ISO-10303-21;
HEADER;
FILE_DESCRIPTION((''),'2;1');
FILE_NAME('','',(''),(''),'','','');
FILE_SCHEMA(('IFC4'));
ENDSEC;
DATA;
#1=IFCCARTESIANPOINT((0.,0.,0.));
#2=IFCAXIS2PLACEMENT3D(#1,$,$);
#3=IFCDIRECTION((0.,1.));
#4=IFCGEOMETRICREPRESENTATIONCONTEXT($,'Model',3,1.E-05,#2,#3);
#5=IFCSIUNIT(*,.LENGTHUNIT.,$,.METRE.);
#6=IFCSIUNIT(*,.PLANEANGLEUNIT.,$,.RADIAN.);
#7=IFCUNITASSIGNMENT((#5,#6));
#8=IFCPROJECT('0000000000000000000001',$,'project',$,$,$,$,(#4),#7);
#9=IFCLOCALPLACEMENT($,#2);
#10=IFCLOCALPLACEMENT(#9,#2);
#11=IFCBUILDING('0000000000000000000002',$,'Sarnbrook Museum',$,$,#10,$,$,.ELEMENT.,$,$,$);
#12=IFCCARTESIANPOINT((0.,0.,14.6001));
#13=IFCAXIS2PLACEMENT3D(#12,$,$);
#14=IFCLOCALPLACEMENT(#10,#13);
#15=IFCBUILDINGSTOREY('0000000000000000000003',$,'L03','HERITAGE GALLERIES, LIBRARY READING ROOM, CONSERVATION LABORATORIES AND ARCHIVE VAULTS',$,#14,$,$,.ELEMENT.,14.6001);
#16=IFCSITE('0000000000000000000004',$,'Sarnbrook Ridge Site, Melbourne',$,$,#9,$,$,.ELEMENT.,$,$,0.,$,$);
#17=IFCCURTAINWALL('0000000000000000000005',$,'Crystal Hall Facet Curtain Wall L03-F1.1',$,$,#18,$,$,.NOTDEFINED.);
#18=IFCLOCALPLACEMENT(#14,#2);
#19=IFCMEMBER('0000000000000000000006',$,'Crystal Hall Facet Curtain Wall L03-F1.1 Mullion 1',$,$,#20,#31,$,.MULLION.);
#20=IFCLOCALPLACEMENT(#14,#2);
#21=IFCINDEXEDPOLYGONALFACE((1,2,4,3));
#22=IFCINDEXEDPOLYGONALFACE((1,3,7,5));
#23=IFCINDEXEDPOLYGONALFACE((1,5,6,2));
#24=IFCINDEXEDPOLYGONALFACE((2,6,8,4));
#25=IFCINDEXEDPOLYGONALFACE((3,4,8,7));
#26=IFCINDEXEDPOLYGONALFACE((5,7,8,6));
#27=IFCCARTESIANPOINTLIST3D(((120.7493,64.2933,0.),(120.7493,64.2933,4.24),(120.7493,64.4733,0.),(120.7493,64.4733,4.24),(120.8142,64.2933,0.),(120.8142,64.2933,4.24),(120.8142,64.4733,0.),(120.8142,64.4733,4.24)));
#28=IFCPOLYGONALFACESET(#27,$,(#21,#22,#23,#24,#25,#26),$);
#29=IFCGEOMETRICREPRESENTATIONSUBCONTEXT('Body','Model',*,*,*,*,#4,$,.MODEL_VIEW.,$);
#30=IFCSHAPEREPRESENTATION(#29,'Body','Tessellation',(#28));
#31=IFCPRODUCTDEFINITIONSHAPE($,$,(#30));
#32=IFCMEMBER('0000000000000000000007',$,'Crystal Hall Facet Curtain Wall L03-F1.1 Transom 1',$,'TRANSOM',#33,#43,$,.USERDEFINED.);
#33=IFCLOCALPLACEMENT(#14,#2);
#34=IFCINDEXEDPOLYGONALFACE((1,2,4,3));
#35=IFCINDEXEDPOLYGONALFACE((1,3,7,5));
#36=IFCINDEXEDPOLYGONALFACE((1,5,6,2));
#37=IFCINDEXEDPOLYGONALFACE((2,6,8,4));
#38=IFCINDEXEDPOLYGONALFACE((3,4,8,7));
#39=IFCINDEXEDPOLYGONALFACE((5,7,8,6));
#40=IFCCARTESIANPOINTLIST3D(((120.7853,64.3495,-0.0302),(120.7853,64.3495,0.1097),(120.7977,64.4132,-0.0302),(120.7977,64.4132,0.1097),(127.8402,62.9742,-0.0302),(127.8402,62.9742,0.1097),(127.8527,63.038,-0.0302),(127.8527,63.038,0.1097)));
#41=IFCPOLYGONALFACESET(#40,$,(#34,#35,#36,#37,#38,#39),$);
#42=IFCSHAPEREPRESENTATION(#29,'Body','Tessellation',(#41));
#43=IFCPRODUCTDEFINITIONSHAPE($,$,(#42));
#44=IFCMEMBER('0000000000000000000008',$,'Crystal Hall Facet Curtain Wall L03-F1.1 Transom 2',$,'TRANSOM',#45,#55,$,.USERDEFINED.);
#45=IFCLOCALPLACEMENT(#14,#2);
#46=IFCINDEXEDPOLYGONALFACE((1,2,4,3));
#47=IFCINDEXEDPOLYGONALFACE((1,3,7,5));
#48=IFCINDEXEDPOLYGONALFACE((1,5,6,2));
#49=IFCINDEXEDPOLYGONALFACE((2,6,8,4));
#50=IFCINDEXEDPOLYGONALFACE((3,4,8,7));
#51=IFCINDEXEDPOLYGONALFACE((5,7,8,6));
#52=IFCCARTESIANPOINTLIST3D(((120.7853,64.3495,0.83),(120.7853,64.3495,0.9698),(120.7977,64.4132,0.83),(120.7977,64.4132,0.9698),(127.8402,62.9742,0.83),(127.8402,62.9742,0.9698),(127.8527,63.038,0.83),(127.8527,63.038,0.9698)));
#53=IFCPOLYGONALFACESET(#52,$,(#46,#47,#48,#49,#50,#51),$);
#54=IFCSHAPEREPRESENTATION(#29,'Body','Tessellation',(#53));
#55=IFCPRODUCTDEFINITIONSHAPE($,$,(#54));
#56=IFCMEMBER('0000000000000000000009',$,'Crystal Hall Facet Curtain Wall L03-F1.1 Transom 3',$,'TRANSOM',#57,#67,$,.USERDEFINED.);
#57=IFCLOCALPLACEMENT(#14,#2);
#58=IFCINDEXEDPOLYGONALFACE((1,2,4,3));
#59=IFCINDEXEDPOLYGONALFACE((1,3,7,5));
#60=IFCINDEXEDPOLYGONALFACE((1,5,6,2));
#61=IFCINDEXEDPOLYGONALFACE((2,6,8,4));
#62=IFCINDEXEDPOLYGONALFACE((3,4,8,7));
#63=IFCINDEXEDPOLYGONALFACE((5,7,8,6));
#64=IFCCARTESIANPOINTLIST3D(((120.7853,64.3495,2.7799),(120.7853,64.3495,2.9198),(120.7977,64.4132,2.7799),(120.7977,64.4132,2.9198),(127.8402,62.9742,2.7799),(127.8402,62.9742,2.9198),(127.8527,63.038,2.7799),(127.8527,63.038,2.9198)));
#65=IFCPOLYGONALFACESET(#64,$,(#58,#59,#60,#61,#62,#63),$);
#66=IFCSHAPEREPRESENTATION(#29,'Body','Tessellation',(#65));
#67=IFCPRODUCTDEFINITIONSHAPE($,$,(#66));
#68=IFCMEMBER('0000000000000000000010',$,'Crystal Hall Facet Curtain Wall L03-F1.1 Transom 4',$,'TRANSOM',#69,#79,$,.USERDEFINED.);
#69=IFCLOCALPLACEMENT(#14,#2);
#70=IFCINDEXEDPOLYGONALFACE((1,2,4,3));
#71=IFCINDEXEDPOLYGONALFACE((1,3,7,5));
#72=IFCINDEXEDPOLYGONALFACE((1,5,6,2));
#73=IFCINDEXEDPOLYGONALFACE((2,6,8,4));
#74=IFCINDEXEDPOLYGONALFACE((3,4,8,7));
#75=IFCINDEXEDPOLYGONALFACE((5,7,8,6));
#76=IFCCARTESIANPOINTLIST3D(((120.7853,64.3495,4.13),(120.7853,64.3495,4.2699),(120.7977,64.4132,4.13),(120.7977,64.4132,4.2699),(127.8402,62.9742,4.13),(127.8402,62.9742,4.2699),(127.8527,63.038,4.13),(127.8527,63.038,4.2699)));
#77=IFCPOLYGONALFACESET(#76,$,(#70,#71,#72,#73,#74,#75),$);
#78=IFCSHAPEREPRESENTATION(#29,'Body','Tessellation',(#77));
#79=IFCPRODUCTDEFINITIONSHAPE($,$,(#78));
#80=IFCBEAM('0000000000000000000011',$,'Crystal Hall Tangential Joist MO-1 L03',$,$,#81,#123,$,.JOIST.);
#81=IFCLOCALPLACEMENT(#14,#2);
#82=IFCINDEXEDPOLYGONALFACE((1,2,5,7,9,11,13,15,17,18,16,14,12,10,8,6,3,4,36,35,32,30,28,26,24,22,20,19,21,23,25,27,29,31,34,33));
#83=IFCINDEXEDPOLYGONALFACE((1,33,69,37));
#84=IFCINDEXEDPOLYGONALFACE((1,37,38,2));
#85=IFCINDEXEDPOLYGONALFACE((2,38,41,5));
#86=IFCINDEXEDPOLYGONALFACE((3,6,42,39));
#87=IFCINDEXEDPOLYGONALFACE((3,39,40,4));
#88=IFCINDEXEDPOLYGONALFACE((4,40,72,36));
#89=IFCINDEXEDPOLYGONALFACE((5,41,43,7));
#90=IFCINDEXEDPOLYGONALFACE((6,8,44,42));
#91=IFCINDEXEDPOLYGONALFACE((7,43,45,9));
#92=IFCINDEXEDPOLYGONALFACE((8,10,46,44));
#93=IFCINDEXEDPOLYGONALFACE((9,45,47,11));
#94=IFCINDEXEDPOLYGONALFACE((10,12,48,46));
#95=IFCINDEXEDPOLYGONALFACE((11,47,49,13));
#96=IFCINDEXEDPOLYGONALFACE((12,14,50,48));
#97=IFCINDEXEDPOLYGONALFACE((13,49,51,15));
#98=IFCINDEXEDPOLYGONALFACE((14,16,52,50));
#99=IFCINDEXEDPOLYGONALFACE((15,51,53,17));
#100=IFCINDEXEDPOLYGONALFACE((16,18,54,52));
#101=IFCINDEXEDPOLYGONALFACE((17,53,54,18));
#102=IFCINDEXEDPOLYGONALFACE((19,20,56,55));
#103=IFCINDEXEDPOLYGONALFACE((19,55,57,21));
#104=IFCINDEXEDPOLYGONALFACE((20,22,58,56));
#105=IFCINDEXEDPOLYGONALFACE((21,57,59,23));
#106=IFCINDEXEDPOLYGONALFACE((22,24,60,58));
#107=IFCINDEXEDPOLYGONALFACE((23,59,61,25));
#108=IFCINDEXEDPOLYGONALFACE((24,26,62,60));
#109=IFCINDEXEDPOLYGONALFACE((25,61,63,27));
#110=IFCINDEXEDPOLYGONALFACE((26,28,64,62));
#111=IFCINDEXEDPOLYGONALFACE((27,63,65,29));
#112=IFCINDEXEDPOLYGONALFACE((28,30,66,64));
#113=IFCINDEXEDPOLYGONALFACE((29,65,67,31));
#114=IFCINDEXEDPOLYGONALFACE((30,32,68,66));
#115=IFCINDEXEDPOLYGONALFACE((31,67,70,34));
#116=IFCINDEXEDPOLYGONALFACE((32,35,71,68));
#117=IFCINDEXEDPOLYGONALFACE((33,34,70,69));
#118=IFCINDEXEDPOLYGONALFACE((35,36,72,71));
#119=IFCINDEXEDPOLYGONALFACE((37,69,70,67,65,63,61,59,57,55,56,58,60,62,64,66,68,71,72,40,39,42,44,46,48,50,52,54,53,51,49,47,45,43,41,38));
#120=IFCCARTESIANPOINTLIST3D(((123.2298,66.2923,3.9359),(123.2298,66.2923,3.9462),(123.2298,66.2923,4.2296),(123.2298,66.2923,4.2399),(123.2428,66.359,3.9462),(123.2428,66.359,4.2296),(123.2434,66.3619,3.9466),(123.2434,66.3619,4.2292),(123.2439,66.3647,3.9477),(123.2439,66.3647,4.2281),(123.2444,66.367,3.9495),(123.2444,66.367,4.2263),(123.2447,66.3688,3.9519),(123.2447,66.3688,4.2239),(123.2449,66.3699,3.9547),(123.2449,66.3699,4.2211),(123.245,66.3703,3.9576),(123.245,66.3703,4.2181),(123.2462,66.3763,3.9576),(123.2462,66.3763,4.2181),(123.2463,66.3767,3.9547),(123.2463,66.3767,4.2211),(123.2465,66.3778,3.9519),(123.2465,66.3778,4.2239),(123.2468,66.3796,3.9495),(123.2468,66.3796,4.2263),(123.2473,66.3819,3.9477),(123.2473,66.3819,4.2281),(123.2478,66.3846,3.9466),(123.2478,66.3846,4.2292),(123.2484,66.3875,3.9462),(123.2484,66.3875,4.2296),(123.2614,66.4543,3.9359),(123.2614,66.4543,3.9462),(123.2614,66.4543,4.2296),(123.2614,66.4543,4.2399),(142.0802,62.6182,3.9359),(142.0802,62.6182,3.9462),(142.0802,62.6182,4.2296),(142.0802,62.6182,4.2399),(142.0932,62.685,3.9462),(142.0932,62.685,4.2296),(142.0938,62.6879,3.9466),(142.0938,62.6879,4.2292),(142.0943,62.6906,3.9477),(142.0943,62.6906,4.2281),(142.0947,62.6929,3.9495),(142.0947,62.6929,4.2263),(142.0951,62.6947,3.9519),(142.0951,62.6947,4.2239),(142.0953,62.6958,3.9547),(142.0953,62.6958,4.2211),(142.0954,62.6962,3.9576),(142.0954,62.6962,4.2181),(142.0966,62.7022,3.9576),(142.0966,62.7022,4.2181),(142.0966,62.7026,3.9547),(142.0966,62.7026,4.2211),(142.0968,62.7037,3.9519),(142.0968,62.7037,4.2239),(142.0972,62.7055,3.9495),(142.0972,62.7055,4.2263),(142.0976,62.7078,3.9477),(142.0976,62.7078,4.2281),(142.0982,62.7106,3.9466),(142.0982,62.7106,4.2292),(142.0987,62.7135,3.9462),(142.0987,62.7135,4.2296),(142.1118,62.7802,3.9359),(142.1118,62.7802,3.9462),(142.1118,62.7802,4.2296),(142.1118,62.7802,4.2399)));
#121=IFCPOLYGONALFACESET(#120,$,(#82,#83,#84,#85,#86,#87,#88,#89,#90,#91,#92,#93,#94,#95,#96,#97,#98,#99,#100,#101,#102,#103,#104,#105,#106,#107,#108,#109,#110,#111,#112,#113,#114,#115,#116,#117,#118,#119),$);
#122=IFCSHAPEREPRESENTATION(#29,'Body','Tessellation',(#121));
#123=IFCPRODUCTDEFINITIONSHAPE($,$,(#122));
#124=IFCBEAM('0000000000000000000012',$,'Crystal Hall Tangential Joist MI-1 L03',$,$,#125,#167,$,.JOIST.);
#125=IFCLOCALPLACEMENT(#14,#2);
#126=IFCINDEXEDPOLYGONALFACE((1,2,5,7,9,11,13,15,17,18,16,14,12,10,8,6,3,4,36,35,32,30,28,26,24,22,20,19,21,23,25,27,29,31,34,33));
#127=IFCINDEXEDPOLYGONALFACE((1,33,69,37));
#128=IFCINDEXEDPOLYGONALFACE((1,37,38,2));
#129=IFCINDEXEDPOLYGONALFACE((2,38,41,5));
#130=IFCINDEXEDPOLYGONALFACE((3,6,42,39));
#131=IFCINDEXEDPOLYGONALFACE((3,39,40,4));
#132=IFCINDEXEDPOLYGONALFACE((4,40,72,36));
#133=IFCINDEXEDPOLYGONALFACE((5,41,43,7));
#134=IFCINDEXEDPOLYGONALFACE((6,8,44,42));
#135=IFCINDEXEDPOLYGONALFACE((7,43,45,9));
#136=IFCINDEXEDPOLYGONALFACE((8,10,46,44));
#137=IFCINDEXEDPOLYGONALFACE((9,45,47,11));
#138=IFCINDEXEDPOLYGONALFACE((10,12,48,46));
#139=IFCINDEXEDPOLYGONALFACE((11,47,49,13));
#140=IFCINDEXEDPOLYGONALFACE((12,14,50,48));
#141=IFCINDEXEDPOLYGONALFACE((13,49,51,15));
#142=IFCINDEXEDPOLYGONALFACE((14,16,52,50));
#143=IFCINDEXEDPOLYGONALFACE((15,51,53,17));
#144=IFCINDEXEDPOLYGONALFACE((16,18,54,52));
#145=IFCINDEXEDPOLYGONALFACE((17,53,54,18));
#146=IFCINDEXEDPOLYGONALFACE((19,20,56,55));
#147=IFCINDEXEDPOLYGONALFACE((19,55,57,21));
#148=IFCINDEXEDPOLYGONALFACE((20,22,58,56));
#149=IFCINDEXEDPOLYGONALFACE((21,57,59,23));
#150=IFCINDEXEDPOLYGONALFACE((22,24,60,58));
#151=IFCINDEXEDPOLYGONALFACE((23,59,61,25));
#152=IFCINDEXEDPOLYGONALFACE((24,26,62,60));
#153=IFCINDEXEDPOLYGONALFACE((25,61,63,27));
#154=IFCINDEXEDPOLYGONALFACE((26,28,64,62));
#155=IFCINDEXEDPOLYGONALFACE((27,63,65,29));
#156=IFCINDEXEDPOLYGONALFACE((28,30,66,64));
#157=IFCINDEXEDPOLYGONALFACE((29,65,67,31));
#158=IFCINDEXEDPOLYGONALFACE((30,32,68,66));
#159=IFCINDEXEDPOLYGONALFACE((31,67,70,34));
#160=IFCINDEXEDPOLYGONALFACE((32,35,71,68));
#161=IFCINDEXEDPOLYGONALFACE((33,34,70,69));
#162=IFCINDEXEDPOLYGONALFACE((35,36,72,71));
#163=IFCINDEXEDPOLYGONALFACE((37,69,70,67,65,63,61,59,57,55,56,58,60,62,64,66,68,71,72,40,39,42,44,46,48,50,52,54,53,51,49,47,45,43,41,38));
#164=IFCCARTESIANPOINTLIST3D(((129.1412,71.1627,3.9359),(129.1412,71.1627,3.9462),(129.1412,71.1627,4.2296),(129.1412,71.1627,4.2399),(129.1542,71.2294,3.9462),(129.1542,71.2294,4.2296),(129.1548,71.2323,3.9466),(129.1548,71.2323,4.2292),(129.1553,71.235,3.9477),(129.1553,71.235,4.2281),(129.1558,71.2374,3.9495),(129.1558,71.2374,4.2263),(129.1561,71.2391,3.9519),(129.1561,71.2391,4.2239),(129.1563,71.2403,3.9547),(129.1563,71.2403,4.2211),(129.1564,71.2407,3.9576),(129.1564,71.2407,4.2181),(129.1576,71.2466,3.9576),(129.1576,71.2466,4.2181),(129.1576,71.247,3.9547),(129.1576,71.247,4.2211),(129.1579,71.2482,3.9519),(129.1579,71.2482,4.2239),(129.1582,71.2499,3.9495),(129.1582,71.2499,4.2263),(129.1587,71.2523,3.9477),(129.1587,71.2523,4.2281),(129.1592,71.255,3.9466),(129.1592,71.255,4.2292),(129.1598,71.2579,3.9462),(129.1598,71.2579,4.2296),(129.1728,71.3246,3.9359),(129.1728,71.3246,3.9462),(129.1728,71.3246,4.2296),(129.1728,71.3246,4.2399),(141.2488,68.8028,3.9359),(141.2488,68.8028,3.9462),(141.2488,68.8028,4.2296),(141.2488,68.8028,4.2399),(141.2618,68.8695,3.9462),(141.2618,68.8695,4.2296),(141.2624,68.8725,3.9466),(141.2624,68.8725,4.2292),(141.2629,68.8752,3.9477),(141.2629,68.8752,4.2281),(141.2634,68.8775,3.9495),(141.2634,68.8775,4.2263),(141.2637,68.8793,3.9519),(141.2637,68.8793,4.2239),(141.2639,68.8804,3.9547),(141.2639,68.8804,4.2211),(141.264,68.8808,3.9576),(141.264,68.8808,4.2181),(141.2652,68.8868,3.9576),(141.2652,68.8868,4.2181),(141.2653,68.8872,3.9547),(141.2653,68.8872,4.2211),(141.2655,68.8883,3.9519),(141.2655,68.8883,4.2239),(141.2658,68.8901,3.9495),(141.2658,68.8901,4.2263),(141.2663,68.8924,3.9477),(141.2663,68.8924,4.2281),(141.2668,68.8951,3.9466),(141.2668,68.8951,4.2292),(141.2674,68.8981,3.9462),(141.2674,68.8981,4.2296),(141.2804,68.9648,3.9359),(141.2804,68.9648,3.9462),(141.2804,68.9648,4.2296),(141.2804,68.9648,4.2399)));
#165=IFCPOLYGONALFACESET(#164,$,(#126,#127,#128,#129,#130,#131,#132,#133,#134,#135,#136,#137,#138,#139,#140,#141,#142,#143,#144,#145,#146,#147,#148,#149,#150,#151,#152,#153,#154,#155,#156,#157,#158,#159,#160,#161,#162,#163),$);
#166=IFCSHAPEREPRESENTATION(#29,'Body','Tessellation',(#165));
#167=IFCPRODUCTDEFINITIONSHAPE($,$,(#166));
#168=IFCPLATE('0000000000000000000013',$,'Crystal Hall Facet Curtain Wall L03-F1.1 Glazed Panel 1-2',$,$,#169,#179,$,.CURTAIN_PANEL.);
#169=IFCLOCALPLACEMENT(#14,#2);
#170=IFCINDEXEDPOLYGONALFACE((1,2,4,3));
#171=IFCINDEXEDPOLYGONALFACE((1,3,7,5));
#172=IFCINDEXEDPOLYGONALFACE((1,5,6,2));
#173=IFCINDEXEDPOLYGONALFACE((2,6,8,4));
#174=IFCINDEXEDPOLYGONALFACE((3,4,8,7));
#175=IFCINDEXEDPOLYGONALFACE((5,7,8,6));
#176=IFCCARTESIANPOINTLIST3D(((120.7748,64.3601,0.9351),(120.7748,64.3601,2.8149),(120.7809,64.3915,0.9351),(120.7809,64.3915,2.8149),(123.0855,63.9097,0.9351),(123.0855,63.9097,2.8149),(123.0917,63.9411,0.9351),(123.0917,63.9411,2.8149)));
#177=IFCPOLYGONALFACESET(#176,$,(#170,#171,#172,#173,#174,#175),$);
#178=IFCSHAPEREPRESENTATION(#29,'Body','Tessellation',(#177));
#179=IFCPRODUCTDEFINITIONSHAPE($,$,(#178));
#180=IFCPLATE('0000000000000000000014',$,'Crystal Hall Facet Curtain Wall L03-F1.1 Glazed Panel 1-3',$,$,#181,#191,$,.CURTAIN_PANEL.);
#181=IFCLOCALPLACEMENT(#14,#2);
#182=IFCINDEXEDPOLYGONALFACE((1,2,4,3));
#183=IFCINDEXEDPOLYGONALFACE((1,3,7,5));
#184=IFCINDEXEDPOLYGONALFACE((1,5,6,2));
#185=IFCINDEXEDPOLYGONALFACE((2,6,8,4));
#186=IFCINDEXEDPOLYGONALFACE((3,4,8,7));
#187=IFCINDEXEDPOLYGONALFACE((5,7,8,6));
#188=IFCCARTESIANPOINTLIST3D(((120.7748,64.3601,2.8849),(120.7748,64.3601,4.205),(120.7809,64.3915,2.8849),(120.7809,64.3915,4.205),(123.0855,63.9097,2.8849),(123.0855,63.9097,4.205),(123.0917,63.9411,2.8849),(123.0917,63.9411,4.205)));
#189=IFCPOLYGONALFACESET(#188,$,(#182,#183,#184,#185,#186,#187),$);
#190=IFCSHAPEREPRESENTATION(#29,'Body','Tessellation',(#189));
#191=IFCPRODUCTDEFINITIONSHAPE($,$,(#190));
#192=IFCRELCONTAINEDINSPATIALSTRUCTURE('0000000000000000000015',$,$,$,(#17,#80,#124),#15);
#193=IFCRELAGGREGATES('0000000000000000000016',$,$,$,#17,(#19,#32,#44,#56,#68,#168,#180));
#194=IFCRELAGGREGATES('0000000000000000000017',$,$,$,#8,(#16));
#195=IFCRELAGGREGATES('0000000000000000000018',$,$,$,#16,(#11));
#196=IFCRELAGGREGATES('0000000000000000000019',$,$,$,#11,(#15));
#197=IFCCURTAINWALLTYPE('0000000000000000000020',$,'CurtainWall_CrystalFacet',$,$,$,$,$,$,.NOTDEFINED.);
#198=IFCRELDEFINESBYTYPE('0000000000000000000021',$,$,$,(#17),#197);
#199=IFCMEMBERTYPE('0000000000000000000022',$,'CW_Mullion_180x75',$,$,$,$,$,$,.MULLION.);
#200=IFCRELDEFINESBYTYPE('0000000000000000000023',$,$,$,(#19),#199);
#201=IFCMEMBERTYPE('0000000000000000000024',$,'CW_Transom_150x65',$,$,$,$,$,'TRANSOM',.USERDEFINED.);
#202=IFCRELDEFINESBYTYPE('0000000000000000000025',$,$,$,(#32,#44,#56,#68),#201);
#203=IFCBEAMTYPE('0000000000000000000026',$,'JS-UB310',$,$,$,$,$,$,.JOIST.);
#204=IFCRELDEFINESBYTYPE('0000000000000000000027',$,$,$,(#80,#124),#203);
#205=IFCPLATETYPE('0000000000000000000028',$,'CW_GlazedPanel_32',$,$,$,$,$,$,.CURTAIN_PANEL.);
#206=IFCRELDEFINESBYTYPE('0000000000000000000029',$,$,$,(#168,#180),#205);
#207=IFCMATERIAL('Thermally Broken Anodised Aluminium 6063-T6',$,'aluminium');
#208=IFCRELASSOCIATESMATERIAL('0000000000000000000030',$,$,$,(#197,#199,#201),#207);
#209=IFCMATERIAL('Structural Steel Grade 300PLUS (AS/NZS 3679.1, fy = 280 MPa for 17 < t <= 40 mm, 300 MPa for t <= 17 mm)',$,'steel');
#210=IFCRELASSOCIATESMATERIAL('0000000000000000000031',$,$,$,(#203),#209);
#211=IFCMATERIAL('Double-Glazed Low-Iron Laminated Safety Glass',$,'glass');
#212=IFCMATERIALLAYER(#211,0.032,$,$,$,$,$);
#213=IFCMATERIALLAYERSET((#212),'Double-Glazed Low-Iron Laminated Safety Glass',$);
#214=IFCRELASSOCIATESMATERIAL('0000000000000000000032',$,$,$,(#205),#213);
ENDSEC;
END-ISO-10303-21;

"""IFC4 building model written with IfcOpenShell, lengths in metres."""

from ifc_helpers import new_model, si_unit, direction, frame, origin, origin_2d, place, context, subcontext, project, spatial, rectangle, i_section, extrude, material, layer, layer_set, material_profile, profile_set, type_object, element, aggregate, save


model = new_model("IFC4")

# Units and contexts
model_context = context("Model", 3, precision=1e-05, world=origin(), true_north=direction((0.0, 1.0)))
body_context = subcontext(model_context, "Body", "Model", "MODEL_VIEW")
ifc_project = project(units=[si_unit("LENGTHUNIT", "METRE"), si_unit("PLANEANGLEUNIT", "RADIAN")], contexts=[model_context])

# Site, building, storey
site_placement = place(None, origin())
site = spatial("IfcSite", under=ifc_project, at=site_placement, Name="Sarnbrook Ridge Site, Melbourne", CompositionType="ELEMENT", RefElevation=0.0)
building_placement = place(site_placement, origin())
building = spatial("IfcBuilding", under=site, at=building_placement, Name="Sarnbrook Museum", CompositionType="ELEMENT")
storey_placement = place(building_placement, frame((0.0, 0.0, 14.6001)))
storey = spatial("IfcBuildingStorey", under=building, at=storey_placement, Name="L03", Description="HERITAGE GALLERIES, LIBRARY READING ROOM, CONSERVATION LABORATORIES AND ARCHIVE VAULTS", CompositionType="ELEMENT", Elevation=14.6001)

# Shared definitions
ifc_material_1 = material(Name="Structural Steel Grade 300PLUS (AS/NZS 3679.1, fy = 280 MPa for 17 < t <= 40 mm, 300 MPa for t <= 17 mm)", Category="steel")

# Curtain wall, members
ifc_material_2 = material(Name="Thermally Broken Anodised Aluminium 6063-T6", Category="aluminium")
curtain_wall_type = type_object("IfcCurtainWallType", Name="CurtainWall_CrystalFacet", PredefinedType="NOTDEFINED", material=ifc_material_2)
curtain_wall_placement = place(storey_placement, origin())
curtain_wall = element("IfcCurtainWall", 1, at=curtain_wall_placement, inside=storey, type_object=curtain_wall_type, Name="Crystal Hall Facet Curtain Wall L03-F1.1", PredefinedType="NOTDEFINED")
ifc_material_profile_1 = material_profile(ifc_material_2, rectangle(XDim=0.0649, YDim=0.1799, at=origin_2d()), Name="ALU MULLION 65x180")
ifc_profile_set_1 = profile_set([ifc_material_profile_1], Name="Thermally Broken Anodised Aluminium 6063-T6")
member_type_1 = type_object("IfcMemberType", Name="CW_Mullion_180x75", PredefinedType="MULLION", material=ifc_profile_set_1)
member_1_placement = place(storey_placement, frame((120.7817, 64.3833, 0.0), z_axis=(0.0, 0.0, 1.0), x_axis=(1.0, 0.0, 0.0)))
member_1 = element("IfcMember", 2, at=member_1_placement, type_object=member_type_1, Name="Crystal Hall Facet Curtain Wall L03-F1.1 Mullion 1", PredefinedType="MULLION", context=body_context, shape_type="SweptSolid", body=[
    extrude(rectangle(XDim=0.0649, YDim=0.1799, at=origin_2d()), origin(), (0.0, 0.0, 1.0), 4.24),
])
ifc_material_profile_2 = material_profile(ifc_material_2, rectangle(XDim=0.0649, YDim=0.1399, at=origin_2d()), Name="ALU TRANSOM 65x140")
ifc_profile_set_2 = profile_set([ifc_material_profile_2], Name="Thermally Broken Anodised Aluminium 6063-T6")
member_type_2 = type_object("IfcMemberType", Name="CW_Transom_150x65", ElementType="TRANSOM", PredefinedType="USERDEFINED", material=ifc_profile_set_2)
member_2_placement = place(storey_placement, frame((120.7915, 64.3813, 0.0398), z_axis=(0.981525, -0.191332, 0.0), x_axis=(0.191332, 0.981525, 0.0)))
member_2 = element("IfcMember", 3, at=member_2_placement, type_object=member_type_2, Name="Crystal Hall Facet Curtain Wall L03-F1.1 Transom 1", ObjectType="TRANSOM", PredefinedType="USERDEFINED", context=body_context, shape_type="SweptSolid", body=[
    extrude(rectangle(XDim=0.0649, YDim=0.1399, at=origin_2d()), origin(), (0.0, 0.0, 1.0), 7.1877),
])
member_3_placement = place(storey_placement, frame((120.7915, 64.3813, 0.8999), z_axis=(0.981525, -0.191332, 0.0), x_axis=(0.191332, 0.981525, 0.0)))
member_3 = element("IfcMember", 4, at=member_3_placement, type_object=member_type_2, Name="Crystal Hall Facet Curtain Wall L03-F1.1 Transom 2", ObjectType="TRANSOM", PredefinedType="USERDEFINED", context=body_context, shape_type="SweptSolid", body=[
    extrude(rectangle(XDim=0.0649, YDim=0.1399, at=origin_2d()), origin(), (0.0, 0.0, 1.0), 7.1877),
])
member_4_placement = place(storey_placement, frame((120.7915, 64.3813, 2.8499), z_axis=(0.981525, -0.191332, 0.0), x_axis=(0.191332, 0.981525, 0.0)))
member_4 = element("IfcMember", 5, at=member_4_placement, type_object=member_type_2, Name="Crystal Hall Facet Curtain Wall L03-F1.1 Transom 3", ObjectType="TRANSOM", PredefinedType="USERDEFINED", context=body_context, shape_type="SweptSolid", body=[
    extrude(rectangle(XDim=0.0649, YDim=0.1399, at=origin_2d()), origin(), (0.0, 0.0, 1.0), 7.1877),
])
member_5_placement = place(storey_placement, frame((120.7915, 64.3813, 4.2), z_axis=(0.981525, -0.191332, 0.0), x_axis=(0.191332, 0.981525, 0.0)))
member_5 = element("IfcMember", 6, at=member_5_placement, type_object=member_type_2, Name="Crystal Hall Facet Curtain Wall L03-F1.1 Transom 4", ObjectType="TRANSOM", PredefinedType="USERDEFINED", context=body_context, shape_type="SweptSolid", body=[
    extrude(rectangle(XDim=0.0649, YDim=0.1399, at=origin_2d()), origin(), (0.0, 0.0, 1.0), 7.1877),
])

# Beams
ifc_material_profile_3 = material_profile(ifc_material_1, i_section(OverallWidth=0.165, OverallDepth=0.304, WebThickness=0.0061, FlangeThickness=0.0103, FilletRadius=0.0115, at=origin_2d()), Name="310UB40.4")
ifc_profile_set_3 = profile_set([ifc_material_profile_3], Name="Structural Steel Grade 300PLUS (AS/NZS 3679.1, fy = 280 MPa for 17 < t <= 40 mm, 300 MPa for t <= 17 mm)")
beam_type_1 = type_object("IfcBeamType", Name="JS-UB310", PredefinedType="JOIST", material=ifc_profile_set_3)
beam_1_placement = place(storey_placement, frame((123.2456, 66.3733, 4.0879), z_axis=(0.98153, -0.191308, 0.0), x_axis=(0.191308, 0.98153, 0.0)))
element("IfcBeam", 7, at=beam_1_placement, inside=storey, type_object=beam_type_1, Name="Crystal Hall Tangential Joist MO-1 L03", PredefinedType="JOIST", context=body_context, shape_type="SweptSolid", body=[
    extrude(i_section(OverallWidth=0.165, OverallDepth=0.304, WebThickness=0.0061, FlangeThickness=0.0103, FilletRadius=0.0115, at=origin_2d()), origin(), (0.0, 0.0, 1.0), 19.2051),
])
beam_2_placement = place(storey_placement, frame((129.157, 71.2437, 4.0879), z_axis=(0.98153, -0.191307, 0.0), x_axis=(0.191307, 0.98153, 0.0)))
element("IfcBeam", 8, at=beam_2_placement, inside=storey, type_object=beam_type_1, Name="Crystal Hall Tangential Joist MI-1 L03", PredefinedType="JOIST", context=body_context, shape_type="SweptSolid", body=[
    extrude(i_section(OverallWidth=0.165, OverallDepth=0.304, WebThickness=0.0061, FlangeThickness=0.0103, FilletRadius=0.0115, at=origin_2d()), origin(), (0.0, 0.0, 1.0), 12.3354),
])

# Plates
ifc_material_3 = material(Name="Double-Glazed Low-Iron Laminated Safety Glass", Category="glass")
ifc_layer_1 = layer(ifc_material_3, 0.032)
ifc_layer_set_1 = layer_set([ifc_layer_1], Name="Double-Glazed Low-Iron Laminated Safety Glass")
plate_type_1 = type_object("IfcPlateType", Name="CW_GlazedPanel_32", PredefinedType="CURTAIN_PANEL", material=ifc_layer_set_1)
plate_1_placement = place(storey_placement, frame((121.9363, 64.1663, 1.875), z_axis=(-0.191314, -0.981529, 0.0), x_axis=(0.981529, -0.191314, 0.0)))
plate_1 = element("IfcPlate", 9, at=plate_1_placement, type_object=plate_type_1, Name="Crystal Hall Facet Curtain Wall L03-F1.1 Glazed Panel 1-2", PredefinedType="CURTAIN_PANEL", context=body_context, shape_type="SweptSolid", body=[
    extrude(rectangle(XDim=2.3542, YDim=1.8799, at=origin_2d()), origin(), (0.0, 0.0, 1.0), 0.032),
])
plate_2_placement = place(storey_placement, frame((121.9363, 64.1663, 3.5449), z_axis=(-0.191314, -0.981529, 0.0), x_axis=(0.981529, -0.191314, 0.0)))
plate_2 = element("IfcPlate", 10, at=plate_2_placement, type_object=plate_type_1, Name="Crystal Hall Facet Curtain Wall L03-F1.1 Glazed Panel 1-3", PredefinedType="CURTAIN_PANEL", context=body_context, shape_type="SweptSolid", body=[
    extrude(rectangle(XDim=2.3542, YDim=1.3201, at=origin_2d()), origin(), (0.0, 0.0, 1.0), 0.032),
])
aggregate(curtain_wall, [member_1, member_2, member_3, member_4, member_5, plate_1, plate_2])

save(model, "model.ifc")
